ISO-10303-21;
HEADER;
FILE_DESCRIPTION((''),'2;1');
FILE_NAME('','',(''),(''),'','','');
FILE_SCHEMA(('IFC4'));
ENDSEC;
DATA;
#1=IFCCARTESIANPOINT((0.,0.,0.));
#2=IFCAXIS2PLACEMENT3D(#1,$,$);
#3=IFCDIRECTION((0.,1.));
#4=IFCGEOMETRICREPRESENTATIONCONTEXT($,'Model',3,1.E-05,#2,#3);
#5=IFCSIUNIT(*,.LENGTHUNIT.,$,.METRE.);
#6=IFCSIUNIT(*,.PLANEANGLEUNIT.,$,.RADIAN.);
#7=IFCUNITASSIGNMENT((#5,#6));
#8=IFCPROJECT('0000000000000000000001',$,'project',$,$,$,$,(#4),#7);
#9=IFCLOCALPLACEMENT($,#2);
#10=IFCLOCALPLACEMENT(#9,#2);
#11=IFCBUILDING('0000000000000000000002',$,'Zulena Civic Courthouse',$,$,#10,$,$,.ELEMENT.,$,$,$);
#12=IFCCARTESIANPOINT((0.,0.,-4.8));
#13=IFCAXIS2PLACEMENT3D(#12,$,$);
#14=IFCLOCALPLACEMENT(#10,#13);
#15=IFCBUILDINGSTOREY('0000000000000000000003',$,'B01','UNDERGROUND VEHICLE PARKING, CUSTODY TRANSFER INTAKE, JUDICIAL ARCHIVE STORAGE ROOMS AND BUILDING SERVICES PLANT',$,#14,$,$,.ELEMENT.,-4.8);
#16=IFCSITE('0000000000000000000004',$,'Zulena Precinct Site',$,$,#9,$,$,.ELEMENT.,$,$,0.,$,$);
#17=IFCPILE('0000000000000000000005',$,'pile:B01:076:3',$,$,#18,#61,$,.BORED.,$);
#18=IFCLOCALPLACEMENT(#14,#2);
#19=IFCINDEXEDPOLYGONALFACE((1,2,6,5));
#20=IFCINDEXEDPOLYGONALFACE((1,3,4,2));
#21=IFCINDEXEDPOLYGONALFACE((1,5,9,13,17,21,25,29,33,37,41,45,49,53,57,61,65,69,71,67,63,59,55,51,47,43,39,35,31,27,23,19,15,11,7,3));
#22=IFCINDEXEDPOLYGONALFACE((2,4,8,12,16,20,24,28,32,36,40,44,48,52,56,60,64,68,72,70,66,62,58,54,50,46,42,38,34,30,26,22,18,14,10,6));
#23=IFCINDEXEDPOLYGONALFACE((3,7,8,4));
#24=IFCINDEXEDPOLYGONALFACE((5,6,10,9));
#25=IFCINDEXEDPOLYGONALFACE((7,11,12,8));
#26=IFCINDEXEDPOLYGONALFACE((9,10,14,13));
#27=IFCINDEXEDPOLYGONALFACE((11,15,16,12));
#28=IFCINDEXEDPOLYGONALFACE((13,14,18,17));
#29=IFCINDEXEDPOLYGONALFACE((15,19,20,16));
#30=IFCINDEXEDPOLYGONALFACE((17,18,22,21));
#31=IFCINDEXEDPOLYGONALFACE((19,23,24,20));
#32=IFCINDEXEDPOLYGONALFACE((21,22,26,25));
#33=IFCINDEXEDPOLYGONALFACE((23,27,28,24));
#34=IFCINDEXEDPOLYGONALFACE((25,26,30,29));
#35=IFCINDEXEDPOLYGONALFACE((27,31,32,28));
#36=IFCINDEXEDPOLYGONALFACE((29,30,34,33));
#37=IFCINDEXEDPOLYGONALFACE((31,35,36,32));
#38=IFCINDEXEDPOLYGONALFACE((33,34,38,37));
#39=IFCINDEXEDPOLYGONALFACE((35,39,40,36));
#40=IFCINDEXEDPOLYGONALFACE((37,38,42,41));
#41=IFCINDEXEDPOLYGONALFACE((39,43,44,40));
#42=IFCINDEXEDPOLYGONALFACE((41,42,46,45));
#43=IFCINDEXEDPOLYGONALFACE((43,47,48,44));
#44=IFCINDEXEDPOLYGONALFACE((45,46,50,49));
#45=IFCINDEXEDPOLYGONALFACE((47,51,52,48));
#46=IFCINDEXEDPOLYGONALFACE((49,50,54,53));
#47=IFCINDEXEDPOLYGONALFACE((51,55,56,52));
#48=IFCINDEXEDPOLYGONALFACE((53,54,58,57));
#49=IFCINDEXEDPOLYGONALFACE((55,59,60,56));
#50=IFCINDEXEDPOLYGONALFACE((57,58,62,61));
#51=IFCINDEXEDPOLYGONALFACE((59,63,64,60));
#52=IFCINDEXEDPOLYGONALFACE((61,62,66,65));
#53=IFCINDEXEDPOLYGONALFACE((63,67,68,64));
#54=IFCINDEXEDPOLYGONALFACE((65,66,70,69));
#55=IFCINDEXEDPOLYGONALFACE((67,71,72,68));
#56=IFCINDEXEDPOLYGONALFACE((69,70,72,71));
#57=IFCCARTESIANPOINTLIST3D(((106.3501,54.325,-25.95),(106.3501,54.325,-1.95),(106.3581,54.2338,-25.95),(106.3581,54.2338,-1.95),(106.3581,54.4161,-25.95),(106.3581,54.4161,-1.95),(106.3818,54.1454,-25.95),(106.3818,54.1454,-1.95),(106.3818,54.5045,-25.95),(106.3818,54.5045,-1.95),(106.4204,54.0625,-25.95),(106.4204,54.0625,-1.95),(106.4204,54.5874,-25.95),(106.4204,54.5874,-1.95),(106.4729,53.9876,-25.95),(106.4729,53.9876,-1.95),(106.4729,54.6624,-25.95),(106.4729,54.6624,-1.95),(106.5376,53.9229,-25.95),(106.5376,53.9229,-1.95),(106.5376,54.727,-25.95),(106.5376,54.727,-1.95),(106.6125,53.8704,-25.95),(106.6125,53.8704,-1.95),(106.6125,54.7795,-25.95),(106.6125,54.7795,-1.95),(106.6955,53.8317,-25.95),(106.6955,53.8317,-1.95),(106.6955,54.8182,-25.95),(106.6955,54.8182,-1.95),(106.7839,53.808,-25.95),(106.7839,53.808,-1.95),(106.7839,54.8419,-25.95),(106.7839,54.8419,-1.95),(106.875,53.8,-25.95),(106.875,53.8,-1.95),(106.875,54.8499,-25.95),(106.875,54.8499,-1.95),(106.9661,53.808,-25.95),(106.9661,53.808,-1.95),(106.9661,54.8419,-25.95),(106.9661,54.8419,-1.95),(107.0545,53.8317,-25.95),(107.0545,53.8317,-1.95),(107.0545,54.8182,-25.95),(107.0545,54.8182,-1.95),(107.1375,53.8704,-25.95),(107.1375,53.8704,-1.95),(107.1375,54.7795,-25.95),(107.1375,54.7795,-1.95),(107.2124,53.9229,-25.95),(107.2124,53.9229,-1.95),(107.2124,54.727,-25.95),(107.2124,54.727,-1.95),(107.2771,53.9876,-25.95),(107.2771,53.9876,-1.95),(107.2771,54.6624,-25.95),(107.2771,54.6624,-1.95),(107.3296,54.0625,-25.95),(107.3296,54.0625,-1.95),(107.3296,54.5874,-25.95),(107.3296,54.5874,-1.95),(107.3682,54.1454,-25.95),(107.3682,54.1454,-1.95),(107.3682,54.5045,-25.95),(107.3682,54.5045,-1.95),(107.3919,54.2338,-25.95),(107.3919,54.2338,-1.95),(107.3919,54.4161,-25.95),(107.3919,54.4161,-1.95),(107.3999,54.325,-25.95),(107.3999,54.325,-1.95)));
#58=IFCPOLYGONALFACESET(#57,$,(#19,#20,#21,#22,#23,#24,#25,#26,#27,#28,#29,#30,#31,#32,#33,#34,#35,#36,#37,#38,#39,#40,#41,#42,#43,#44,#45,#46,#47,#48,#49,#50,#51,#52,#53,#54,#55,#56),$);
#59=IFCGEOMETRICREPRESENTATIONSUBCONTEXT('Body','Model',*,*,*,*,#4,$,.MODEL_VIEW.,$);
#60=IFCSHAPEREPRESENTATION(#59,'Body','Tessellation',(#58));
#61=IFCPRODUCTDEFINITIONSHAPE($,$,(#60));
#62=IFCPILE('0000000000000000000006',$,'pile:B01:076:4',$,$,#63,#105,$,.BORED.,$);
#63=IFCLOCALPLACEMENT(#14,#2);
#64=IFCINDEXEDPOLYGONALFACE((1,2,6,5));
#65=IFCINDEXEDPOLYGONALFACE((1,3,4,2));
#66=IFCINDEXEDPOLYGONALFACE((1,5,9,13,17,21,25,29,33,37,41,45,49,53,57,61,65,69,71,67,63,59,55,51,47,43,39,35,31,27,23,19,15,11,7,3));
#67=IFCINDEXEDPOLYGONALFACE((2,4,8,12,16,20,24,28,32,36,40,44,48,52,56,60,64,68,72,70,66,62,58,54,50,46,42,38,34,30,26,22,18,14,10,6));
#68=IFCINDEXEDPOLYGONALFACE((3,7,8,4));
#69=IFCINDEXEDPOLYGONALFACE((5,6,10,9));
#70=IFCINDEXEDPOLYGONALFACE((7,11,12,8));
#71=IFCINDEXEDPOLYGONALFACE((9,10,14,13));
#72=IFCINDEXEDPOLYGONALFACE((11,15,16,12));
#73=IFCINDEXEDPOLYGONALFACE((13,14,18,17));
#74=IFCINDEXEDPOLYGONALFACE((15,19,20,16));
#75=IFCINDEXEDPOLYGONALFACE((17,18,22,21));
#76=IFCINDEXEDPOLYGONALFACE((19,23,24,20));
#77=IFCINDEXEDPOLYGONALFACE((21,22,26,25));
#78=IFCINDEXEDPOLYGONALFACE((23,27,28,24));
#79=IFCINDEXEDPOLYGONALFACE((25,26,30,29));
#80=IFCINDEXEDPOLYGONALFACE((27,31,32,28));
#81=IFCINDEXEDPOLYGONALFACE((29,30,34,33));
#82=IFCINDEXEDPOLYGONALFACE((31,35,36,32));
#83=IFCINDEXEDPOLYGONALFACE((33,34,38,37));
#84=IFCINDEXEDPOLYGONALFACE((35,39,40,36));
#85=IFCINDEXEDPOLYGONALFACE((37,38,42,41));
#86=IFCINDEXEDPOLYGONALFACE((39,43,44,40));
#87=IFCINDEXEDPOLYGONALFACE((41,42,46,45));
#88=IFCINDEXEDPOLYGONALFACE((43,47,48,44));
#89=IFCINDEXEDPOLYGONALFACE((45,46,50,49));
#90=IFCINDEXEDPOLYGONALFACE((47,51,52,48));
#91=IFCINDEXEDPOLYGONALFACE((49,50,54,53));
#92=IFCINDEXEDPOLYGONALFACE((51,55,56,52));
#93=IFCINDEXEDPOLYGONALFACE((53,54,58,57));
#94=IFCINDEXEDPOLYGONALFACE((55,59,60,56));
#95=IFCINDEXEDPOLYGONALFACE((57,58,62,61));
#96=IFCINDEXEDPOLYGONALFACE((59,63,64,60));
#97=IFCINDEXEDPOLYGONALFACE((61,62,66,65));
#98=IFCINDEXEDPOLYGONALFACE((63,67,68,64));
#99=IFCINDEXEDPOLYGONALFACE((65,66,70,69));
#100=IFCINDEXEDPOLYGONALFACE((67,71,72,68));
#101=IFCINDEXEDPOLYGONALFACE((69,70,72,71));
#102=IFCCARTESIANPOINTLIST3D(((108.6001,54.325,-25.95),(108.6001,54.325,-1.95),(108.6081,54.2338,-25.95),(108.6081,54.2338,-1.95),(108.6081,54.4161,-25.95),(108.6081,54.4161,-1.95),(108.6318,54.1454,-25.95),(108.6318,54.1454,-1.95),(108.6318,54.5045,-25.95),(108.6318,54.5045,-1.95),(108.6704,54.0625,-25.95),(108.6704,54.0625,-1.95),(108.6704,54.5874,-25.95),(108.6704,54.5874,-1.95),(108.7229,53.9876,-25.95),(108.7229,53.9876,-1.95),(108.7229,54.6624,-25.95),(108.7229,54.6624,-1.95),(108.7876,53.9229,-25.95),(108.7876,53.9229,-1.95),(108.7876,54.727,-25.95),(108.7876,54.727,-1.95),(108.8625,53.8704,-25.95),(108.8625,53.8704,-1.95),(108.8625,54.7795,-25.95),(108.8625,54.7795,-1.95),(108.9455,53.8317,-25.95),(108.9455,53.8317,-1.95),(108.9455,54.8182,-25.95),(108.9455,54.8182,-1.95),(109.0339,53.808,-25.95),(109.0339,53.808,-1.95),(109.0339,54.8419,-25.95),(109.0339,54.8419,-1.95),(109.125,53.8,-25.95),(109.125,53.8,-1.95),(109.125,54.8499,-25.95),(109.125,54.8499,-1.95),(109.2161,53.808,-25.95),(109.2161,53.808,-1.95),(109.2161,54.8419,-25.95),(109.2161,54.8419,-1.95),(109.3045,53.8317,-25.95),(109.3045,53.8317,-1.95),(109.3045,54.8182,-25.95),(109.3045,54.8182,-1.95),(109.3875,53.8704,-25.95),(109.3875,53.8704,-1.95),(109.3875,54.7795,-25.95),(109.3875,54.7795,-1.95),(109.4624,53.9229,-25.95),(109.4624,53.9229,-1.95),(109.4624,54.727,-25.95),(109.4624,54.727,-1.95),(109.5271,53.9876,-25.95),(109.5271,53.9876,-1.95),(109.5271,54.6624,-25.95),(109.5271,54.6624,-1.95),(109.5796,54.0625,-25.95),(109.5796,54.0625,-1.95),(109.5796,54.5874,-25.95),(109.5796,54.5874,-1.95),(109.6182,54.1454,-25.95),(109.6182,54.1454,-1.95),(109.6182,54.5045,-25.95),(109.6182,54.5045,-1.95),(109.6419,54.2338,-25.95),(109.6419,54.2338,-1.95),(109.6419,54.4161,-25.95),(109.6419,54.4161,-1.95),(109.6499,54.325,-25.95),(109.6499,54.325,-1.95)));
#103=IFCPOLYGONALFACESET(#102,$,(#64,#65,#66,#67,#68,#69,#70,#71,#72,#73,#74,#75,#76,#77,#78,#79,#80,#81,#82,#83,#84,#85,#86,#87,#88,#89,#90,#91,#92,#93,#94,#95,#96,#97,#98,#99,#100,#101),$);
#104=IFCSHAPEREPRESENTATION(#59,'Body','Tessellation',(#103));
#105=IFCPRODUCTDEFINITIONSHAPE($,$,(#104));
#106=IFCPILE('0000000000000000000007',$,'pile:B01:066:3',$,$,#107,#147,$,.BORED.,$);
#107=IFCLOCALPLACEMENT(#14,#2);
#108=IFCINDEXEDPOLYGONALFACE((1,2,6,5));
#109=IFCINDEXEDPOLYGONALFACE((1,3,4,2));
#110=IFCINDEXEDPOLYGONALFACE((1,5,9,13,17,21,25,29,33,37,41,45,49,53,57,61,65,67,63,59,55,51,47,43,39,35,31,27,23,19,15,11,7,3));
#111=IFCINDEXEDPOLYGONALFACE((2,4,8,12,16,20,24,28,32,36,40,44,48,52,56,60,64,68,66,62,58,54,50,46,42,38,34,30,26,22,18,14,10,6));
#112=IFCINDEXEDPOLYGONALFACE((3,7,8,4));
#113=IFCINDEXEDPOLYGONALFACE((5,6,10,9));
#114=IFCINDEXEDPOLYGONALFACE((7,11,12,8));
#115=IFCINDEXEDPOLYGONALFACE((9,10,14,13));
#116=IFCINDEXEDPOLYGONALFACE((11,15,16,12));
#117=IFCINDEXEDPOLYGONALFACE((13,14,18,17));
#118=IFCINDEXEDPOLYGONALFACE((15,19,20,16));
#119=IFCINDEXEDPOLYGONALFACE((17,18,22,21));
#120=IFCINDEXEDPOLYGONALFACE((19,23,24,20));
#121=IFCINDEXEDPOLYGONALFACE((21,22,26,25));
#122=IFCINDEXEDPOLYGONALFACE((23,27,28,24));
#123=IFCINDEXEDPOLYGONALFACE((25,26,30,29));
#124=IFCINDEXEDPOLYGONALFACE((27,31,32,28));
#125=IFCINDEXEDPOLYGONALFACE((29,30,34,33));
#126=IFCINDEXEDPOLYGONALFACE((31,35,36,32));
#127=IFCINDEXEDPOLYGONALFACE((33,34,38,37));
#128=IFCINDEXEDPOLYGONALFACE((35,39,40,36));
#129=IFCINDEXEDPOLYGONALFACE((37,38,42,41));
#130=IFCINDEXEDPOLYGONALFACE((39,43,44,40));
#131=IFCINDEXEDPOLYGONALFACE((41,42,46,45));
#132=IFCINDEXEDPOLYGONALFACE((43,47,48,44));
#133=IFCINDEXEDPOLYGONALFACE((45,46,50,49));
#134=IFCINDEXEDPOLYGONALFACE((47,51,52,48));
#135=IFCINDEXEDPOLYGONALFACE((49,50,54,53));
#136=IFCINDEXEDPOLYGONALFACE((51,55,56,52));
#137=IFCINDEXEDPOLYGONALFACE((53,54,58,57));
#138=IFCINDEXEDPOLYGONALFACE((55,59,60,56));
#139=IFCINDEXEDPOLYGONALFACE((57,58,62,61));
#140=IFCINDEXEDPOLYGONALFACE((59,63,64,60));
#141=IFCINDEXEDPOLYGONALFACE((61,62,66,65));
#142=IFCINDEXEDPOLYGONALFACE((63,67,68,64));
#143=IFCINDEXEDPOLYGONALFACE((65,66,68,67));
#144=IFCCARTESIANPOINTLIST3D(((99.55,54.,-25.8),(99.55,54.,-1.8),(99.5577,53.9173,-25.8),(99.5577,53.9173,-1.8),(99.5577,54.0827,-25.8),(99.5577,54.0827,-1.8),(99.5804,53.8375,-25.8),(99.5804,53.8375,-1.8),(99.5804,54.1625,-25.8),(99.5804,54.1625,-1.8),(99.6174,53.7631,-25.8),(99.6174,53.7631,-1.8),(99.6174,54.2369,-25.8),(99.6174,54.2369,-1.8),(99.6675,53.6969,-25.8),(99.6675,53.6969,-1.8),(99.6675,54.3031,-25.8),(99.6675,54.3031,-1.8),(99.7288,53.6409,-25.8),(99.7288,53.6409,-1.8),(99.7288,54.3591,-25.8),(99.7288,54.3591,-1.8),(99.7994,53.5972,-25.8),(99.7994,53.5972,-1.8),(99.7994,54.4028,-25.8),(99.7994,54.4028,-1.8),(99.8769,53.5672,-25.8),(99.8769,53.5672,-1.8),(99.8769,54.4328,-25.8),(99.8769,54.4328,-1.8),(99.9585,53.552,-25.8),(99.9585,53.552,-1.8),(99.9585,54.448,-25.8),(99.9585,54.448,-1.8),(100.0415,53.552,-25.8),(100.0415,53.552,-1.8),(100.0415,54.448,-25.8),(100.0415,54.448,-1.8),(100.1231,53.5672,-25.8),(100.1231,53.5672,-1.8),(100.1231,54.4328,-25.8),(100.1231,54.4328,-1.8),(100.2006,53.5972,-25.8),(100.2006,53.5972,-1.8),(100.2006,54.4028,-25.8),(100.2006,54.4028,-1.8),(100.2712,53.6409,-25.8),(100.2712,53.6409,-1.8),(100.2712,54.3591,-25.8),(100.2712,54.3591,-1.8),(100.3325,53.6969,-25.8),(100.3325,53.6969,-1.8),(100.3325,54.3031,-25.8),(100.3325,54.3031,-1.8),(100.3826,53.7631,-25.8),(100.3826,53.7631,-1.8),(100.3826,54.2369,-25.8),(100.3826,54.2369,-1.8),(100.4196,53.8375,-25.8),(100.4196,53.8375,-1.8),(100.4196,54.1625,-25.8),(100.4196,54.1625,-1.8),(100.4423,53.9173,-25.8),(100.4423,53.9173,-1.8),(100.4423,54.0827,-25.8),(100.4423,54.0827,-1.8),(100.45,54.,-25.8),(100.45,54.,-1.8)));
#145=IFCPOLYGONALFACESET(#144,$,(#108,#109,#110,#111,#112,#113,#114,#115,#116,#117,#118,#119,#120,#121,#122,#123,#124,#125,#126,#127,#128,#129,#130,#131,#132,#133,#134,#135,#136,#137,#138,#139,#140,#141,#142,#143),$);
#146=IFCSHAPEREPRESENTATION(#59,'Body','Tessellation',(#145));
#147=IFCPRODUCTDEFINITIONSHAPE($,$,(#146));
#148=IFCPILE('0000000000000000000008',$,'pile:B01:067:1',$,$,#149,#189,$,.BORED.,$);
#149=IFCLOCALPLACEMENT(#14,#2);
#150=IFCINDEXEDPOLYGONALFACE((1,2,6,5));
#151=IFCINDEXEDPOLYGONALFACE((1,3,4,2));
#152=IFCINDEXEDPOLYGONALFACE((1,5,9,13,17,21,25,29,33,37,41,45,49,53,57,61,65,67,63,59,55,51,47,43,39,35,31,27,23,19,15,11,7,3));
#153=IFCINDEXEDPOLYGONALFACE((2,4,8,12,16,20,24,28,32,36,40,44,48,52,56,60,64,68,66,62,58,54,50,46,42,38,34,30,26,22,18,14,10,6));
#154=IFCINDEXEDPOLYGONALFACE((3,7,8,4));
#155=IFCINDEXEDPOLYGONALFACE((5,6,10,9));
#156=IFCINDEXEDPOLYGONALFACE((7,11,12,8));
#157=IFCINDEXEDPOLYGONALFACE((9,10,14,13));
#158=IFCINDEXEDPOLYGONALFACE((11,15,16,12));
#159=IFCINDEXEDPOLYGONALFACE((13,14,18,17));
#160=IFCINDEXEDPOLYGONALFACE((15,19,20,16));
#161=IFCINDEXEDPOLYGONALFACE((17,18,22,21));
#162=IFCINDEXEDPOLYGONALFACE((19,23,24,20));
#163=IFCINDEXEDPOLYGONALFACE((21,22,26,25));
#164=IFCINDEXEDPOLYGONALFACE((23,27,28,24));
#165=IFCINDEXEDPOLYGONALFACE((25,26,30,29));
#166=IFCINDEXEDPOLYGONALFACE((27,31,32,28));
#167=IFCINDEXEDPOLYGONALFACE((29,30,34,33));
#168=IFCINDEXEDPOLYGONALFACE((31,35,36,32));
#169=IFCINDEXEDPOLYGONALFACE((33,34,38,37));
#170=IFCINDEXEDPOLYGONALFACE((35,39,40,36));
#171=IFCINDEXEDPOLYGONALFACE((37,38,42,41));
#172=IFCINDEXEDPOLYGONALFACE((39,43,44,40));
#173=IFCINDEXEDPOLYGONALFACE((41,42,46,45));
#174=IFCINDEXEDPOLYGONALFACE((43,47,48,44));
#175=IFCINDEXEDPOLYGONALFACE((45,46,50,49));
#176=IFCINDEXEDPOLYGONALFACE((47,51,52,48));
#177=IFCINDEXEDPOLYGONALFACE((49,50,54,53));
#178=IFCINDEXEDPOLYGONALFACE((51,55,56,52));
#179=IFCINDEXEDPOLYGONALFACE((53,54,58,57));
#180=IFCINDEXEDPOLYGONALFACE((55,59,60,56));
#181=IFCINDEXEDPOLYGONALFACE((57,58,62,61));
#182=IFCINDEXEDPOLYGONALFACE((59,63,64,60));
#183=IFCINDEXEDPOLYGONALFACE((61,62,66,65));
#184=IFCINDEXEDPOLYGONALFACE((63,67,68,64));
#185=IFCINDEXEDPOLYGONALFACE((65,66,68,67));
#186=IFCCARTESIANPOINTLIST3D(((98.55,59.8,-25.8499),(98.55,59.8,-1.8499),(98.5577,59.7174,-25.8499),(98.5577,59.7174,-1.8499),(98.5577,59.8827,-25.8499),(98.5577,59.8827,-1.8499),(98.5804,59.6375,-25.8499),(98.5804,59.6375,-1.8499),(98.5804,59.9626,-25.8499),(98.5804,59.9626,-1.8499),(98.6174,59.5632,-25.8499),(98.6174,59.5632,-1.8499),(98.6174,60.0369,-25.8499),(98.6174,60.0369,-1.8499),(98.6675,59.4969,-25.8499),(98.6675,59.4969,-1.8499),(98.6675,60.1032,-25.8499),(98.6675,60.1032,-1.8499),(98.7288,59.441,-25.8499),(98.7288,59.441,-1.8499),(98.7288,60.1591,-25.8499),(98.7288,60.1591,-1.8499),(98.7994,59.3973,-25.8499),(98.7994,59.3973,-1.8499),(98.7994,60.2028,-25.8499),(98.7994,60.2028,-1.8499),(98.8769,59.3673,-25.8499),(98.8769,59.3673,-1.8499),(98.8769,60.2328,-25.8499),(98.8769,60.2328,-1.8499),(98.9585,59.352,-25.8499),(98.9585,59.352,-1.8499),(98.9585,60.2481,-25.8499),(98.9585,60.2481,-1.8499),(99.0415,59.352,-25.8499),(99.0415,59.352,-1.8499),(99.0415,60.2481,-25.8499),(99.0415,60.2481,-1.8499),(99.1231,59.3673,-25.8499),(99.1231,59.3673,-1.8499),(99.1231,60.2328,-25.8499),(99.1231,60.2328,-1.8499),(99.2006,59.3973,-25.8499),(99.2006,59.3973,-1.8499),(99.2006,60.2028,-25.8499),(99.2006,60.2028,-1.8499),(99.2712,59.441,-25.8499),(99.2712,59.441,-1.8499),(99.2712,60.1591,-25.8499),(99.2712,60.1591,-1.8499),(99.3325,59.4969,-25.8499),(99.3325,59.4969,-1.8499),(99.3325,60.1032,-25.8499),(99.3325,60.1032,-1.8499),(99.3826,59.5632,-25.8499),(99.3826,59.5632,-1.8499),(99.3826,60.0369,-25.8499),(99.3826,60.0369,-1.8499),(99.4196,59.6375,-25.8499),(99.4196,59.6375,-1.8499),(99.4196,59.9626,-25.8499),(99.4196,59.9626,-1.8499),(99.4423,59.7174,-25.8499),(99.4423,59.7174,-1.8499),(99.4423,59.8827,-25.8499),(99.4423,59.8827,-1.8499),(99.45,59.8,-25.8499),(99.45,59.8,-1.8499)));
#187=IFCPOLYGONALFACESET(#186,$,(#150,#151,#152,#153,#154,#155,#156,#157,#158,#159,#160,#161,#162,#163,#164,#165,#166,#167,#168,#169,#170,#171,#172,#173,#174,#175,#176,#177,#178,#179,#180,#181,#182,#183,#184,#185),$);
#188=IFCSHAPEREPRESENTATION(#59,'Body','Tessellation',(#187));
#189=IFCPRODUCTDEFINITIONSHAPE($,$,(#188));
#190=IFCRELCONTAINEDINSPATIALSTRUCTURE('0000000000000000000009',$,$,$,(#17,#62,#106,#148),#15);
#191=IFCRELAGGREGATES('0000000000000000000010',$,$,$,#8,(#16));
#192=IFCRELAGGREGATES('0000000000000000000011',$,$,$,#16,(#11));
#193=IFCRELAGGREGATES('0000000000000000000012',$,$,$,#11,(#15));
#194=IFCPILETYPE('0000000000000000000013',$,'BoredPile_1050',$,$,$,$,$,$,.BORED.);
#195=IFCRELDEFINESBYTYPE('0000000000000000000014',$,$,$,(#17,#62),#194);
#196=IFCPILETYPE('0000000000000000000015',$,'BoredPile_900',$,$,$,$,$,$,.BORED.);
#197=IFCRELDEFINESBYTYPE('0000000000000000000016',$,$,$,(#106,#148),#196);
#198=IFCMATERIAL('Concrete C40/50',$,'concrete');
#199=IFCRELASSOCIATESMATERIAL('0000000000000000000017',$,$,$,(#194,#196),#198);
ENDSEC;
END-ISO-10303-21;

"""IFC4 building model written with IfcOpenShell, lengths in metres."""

from ifc_helpers import new_model, si_unit, direction, frame, origin, origin_2d, place, context, subcontext, project, spatial, circle, extrude, material, material_profile, profile_set, type_object, element, save


model = new_model("IFC4")

# Units and contexts
model_context = context("Model", 3, precision=1e-05, world=origin(), true_north=direction((0.0, 1.0)))
body_context = subcontext(model_context, "Body", "Model", "MODEL_VIEW")
ifc_project = project(units=[si_unit("LENGTHUNIT", "METRE"), si_unit("PLANEANGLEUNIT", "RADIAN")], contexts=[model_context])

# Site, building, storey
site_placement = place(None, origin())
site = spatial("IfcSite", under=ifc_project, at=site_placement, Name="Zulena Precinct Site", CompositionType="ELEMENT", RefElevation=0.0)
building_placement = place(site_placement, origin())
building = spatial("IfcBuilding", under=site, at=building_placement, Name="Zulena Civic Courthouse", CompositionType="ELEMENT")
storey_placement = place(building_placement, frame((0.0, 0.0, -4.8)))
storey = spatial("IfcBuildingStorey", under=building, at=storey_placement, Name="B01", Description="UNDERGROUND VEHICLE PARKING, CUSTODY TRANSFER INTAKE, JUDICIAL ARCHIVE STORAGE ROOMS AND BUILDING SERVICES PLANT", CompositionType="ELEMENT", Elevation=-4.8)

# Piles
ifc_material_1 = material(Name="Concrete C40/50", Category="concrete")
ifc_material_profile_1 = material_profile(ifc_material_1, circle(Radius=0.5249, at=origin_2d()), Name="PILE1050")
ifc_profile_set_1 = profile_set([ifc_material_profile_1], Name="Concrete C40/50")
pile_type_1 = type_object("IfcPileType", Name="BoredPile_1050", PredefinedType="BORED", material=ifc_profile_set_1)
for number, where, z_axis, x_axis, name in (
    (1, (106.875, 54.325, -1.95), (0.0, 0.0, -1.0), (1.0, 0.0, 0.0), "pile:B01:076:3"),
    (2, (109.125, 54.325, -1.95), (0.0, 0.0, -1.0), (1.0, 0.0, 0.0), "pile:B01:076:4"),
):
    element("IfcPile", number, at=place(storey_placement, frame(where, z_axis=z_axis, x_axis=x_axis)), inside=storey, type_object=pile_type_1, Name=name, PredefinedType="BORED", context=body_context, shape_type="SweptSolid", body=[
        extrude(circle(Radius=0.5249, at=origin_2d()), origin(), (0.0, 0.0, 1.0), 24.0),
    ])
ifc_material_profile_2 = material_profile(ifc_material_1, circle(Radius=0.45, at=origin_2d()), Name="PILE900")
ifc_profile_set_2 = profile_set([ifc_material_profile_2], Name="Concrete C40/50")
pile_type_2 = type_object("IfcPileType", Name="BoredPile_900", PredefinedType="BORED", material=ifc_profile_set_2)
for number, where, z_axis, x_axis, name in (
    (3, (100.0, 54.0, -1.8), (0.0, 0.0, -1.0), (1.0, 0.0, 0.0), "pile:B01:066:3"),
    (4, (99.0, 59.8, -1.8499), (0.0, 0.0, -1.0), (1.0, 0.0, 0.0), "pile:B01:067:1"),
):
    element("IfcPile", number, at=place(storey_placement, frame(where, z_axis=z_axis, x_axis=x_axis)), inside=storey, type_object=pile_type_2, Name=name, PredefinedType="BORED", context=body_context, shape_type="SweptSolid", body=[
        extrude(circle(Radius=0.45, at=origin_2d()), origin(), (0.0, 0.0, 1.0), 24.0),
    ])

save(model, "model.ifc")
